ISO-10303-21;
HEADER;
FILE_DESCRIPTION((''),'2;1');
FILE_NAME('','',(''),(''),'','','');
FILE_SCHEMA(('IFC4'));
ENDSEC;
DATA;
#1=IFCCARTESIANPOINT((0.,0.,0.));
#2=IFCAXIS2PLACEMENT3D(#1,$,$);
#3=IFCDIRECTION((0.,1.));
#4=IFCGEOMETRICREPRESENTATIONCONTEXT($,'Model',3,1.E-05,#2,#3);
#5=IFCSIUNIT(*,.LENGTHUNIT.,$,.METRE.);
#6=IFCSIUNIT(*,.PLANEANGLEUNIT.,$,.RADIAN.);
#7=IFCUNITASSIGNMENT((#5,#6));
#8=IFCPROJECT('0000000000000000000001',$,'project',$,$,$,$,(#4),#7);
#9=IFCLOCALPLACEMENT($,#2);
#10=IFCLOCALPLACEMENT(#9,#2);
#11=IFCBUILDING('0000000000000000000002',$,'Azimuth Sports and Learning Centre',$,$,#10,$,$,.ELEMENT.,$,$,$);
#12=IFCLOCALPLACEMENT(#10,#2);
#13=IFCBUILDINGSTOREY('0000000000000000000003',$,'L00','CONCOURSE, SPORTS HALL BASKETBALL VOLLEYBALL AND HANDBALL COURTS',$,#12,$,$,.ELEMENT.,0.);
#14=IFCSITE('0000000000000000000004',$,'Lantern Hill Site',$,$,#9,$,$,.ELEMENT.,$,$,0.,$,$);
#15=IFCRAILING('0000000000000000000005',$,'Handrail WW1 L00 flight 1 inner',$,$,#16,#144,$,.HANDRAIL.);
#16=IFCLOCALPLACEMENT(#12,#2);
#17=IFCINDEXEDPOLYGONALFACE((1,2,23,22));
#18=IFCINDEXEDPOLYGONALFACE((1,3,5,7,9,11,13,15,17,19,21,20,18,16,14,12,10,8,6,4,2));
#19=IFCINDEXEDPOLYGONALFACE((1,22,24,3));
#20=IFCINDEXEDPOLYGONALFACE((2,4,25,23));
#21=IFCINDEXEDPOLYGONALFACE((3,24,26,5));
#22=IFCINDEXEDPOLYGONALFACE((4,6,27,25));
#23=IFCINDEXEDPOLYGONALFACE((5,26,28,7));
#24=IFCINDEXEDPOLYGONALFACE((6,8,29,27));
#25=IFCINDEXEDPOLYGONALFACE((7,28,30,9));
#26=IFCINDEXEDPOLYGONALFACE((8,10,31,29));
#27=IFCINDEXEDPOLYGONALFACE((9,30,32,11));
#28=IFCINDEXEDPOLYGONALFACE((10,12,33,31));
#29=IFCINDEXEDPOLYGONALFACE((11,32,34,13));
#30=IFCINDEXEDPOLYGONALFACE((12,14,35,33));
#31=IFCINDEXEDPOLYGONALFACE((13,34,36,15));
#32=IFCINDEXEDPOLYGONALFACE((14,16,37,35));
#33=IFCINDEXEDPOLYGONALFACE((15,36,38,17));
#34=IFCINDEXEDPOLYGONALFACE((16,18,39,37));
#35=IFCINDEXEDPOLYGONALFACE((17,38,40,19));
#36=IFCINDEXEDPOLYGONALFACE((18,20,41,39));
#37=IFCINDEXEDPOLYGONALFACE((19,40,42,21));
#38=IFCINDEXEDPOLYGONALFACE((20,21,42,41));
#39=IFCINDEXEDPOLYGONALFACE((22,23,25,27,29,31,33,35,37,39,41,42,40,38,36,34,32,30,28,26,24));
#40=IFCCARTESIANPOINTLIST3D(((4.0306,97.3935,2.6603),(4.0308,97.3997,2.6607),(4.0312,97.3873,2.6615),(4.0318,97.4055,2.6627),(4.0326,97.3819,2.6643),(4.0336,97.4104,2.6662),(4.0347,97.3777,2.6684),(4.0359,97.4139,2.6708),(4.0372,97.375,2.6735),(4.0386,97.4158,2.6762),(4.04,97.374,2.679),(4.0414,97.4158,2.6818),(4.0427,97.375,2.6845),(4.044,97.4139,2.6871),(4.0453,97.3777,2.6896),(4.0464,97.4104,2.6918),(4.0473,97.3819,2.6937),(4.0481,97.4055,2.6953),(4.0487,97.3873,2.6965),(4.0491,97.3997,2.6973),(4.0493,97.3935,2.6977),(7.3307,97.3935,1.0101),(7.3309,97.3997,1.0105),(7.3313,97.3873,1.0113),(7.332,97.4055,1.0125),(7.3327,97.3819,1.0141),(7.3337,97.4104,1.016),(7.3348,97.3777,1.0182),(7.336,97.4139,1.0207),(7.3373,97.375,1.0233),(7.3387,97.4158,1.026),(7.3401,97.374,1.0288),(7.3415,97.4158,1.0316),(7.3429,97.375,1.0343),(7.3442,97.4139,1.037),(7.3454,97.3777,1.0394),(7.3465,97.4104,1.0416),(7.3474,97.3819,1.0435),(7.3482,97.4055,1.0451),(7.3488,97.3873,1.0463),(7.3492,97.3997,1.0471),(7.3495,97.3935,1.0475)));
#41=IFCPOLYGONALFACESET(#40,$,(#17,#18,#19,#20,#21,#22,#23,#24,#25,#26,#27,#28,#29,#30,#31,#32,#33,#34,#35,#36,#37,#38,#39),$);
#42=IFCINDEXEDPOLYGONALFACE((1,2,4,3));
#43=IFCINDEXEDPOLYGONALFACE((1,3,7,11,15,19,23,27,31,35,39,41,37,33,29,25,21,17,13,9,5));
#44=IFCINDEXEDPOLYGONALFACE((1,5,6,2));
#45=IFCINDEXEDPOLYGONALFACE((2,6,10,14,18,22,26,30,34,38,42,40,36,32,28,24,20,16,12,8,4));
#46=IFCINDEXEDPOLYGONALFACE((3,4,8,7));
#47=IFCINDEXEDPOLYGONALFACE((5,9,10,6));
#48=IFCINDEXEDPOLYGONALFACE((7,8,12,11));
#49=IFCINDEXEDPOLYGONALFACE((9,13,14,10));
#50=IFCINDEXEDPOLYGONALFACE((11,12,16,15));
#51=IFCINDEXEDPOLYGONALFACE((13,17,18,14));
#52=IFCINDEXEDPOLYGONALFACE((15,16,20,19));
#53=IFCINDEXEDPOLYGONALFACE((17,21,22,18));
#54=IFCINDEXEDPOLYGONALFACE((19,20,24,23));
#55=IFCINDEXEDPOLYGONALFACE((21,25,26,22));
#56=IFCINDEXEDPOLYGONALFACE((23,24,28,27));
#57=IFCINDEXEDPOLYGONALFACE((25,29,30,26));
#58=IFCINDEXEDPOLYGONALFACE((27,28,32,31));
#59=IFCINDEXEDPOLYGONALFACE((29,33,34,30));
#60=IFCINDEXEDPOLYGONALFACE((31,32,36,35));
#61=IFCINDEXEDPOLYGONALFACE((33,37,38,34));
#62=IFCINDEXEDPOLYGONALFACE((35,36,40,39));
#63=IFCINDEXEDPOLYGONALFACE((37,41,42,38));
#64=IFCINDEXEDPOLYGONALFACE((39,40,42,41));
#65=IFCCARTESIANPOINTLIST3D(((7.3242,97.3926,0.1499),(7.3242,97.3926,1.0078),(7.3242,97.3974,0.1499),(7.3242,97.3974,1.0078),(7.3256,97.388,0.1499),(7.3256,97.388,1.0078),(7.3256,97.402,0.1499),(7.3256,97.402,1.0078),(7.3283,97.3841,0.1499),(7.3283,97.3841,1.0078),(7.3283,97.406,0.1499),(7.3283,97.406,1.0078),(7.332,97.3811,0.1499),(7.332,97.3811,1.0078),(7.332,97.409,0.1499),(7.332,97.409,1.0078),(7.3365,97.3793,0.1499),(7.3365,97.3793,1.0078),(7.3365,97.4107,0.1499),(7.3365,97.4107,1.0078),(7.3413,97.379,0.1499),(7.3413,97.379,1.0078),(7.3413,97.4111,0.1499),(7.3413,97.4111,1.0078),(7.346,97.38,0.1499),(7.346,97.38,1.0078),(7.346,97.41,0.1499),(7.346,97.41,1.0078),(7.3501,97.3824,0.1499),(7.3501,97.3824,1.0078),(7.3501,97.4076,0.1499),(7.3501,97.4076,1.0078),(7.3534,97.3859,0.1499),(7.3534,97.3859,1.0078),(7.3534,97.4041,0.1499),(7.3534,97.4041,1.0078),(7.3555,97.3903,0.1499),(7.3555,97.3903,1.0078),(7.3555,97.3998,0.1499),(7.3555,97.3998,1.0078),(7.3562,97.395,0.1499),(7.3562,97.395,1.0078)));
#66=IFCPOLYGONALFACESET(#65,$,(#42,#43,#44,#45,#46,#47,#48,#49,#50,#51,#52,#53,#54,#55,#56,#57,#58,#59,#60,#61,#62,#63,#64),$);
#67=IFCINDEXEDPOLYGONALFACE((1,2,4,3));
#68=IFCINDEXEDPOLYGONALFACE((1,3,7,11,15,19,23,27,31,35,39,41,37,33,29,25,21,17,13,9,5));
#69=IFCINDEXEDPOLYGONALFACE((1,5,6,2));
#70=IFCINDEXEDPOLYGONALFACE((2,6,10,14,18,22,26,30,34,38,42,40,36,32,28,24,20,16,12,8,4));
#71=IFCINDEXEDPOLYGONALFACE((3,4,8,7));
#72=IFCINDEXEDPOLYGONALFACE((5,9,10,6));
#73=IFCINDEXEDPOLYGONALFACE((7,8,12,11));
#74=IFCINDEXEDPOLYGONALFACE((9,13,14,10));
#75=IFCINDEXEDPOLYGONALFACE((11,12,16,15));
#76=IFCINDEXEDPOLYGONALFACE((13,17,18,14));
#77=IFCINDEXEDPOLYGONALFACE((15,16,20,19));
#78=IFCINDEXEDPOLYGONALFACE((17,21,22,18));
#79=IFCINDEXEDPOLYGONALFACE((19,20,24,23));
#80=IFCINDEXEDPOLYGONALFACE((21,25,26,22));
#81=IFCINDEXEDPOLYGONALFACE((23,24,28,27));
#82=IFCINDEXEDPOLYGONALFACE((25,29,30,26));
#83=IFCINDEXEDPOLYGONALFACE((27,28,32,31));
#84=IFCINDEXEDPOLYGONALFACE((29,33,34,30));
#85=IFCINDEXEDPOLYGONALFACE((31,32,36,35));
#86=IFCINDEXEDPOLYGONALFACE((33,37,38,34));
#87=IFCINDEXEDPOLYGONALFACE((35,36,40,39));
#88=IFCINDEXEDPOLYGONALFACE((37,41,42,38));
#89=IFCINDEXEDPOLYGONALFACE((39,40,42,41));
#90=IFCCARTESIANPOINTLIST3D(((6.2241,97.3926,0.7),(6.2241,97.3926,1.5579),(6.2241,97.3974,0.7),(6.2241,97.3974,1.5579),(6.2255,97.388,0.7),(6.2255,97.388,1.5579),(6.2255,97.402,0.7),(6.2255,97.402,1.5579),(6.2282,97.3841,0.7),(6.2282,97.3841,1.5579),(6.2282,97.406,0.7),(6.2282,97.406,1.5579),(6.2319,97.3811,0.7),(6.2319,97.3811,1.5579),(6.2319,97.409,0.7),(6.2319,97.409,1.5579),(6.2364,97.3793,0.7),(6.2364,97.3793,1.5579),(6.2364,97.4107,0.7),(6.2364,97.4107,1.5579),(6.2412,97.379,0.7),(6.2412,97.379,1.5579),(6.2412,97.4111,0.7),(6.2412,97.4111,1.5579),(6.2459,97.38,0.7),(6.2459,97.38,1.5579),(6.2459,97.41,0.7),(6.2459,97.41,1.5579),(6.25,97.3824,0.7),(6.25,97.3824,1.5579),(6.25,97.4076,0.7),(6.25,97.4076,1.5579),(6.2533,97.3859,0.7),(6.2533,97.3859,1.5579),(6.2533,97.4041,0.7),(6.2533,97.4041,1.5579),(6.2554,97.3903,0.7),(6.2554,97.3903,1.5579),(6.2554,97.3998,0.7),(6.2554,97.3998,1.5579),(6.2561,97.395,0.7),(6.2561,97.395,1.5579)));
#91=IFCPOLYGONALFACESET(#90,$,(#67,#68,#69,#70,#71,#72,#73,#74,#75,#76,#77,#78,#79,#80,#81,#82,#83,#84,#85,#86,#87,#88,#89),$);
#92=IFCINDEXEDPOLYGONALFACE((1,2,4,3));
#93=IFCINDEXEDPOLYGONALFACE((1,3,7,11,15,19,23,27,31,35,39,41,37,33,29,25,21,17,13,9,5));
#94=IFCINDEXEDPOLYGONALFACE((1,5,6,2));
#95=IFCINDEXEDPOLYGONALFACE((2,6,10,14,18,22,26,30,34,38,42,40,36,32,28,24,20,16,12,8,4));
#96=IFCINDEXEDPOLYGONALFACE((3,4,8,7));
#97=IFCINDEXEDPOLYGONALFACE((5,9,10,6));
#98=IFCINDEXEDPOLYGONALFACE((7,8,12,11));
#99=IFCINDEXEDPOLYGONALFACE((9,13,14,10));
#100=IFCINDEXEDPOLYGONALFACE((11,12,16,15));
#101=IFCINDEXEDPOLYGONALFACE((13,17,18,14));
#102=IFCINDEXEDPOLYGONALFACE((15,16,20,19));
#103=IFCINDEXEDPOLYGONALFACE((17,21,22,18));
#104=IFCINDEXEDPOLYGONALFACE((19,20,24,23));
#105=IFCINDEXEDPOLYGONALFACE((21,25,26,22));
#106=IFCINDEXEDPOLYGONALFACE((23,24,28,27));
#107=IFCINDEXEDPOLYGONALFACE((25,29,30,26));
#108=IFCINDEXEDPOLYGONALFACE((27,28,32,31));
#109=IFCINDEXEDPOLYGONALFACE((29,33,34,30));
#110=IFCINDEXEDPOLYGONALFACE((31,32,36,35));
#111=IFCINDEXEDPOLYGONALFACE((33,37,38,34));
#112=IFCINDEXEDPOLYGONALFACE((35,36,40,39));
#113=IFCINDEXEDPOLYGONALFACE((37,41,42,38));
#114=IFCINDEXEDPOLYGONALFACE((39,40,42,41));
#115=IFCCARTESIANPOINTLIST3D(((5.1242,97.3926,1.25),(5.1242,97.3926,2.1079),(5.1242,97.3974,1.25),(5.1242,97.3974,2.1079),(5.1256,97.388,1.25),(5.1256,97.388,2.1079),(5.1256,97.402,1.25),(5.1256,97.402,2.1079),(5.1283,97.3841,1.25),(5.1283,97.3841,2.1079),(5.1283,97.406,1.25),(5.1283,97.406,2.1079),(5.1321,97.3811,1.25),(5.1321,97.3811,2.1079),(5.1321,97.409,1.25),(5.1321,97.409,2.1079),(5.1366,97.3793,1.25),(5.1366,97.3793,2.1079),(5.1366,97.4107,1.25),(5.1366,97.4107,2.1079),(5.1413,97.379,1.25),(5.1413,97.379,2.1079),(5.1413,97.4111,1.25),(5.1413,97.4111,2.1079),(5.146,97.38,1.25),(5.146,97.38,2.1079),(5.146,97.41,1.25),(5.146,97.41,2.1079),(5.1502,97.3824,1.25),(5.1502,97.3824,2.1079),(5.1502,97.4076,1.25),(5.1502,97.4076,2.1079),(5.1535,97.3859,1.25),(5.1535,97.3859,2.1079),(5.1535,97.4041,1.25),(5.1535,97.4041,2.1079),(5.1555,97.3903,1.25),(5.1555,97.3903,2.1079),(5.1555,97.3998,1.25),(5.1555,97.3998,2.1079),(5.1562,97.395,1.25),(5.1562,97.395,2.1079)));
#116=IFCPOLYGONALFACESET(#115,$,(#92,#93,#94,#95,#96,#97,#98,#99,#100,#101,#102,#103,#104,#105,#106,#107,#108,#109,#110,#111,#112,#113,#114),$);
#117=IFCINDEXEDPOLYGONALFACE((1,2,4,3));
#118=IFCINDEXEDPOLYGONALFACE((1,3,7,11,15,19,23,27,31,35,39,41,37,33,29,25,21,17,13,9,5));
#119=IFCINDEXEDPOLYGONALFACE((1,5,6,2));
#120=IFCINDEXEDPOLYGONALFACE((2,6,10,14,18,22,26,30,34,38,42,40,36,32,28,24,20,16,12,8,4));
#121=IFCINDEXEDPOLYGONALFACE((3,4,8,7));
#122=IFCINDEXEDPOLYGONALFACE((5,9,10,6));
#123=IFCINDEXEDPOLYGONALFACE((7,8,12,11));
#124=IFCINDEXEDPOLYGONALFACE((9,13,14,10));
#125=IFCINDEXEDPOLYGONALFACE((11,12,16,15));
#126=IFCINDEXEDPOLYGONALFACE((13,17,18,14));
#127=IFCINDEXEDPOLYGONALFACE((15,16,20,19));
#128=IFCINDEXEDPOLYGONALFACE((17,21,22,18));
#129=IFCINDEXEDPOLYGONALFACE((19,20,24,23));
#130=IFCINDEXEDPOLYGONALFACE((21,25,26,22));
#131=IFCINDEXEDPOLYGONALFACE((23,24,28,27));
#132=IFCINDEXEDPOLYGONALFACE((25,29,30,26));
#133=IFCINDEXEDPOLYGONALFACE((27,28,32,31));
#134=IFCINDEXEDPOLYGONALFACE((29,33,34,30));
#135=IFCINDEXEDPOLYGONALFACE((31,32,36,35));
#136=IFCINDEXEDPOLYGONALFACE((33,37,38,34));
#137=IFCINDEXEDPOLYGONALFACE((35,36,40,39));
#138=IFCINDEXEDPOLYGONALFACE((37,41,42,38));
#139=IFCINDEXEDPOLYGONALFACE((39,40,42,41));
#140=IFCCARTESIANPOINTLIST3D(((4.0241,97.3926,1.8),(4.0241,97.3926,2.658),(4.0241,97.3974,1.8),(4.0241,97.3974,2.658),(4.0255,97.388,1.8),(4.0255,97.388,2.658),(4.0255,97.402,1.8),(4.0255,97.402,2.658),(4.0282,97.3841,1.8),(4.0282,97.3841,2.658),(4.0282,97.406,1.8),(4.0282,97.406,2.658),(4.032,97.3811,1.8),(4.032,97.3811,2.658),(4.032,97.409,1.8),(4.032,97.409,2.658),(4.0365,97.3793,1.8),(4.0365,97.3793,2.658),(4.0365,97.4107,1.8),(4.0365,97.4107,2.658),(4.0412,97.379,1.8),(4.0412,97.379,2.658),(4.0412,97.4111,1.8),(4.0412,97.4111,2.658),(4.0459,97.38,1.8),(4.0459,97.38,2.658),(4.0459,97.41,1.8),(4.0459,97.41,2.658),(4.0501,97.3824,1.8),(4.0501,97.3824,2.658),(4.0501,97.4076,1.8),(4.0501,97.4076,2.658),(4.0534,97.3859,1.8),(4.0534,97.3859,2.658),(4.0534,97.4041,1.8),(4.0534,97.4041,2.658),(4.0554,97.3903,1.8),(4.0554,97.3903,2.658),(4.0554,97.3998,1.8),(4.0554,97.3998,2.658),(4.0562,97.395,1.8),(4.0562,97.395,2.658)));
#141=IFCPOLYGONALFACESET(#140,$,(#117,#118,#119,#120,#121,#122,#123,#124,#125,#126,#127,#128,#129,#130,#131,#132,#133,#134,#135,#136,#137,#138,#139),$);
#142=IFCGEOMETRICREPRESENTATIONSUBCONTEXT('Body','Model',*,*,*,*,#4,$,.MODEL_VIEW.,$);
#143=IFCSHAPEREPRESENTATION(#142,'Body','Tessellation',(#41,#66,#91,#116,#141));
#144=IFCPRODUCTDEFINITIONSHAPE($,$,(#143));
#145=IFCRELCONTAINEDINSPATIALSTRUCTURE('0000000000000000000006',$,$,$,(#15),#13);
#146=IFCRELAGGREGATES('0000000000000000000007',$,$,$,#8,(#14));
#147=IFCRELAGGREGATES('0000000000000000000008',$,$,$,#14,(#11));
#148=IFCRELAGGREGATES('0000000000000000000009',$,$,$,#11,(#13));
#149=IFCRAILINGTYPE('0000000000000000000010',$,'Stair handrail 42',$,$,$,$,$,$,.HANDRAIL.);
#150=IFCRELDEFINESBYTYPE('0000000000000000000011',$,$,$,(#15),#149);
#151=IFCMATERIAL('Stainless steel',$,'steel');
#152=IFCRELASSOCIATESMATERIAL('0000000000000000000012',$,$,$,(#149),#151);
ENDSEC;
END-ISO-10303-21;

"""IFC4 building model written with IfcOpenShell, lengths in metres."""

from ifc_helpers import new_model, si_unit, direction, frame, origin, origin_2d, place, context, subcontext, project, spatial, circle, extrude, material, type_object, element, save


model = new_model("IFC4")

# Units and contexts
model_context = context("Model", 3, precision=1e-05, world=origin(), true_north=direction((0.0, 1.0)))
body_context = subcontext(model_context, "Body", "Model", "MODEL_VIEW")
ifc_project = project(units=[si_unit("LENGTHUNIT", "METRE"), si_unit("PLANEANGLEUNIT", "RADIAN")], contexts=[model_context])

# Site, building, storey
site_placement = place(None, origin())
site = spatial("IfcSite", under=ifc_project, at=site_placement, Name="Lantern Hill Site", CompositionType="ELEMENT", RefElevation=0.0)
building_placement = place(site_placement, origin())
building = spatial("IfcBuilding", under=site, at=building_placement, Name="Azimuth Sports and Learning Centre", CompositionType="ELEMENT")
storey_placement = place(building_placement, origin())
storey = spatial("IfcBuildingStorey", under=building, at=storey_placement, Name="L00", Description="CONCOURSE, SPORTS HALL BASKETBALL VOLLEYBALL AND HANDBALL COURTS", CompositionType="ELEMENT", Elevation=0.0)

# Railing
ifc_material_1 = material(Name="Stainless steel", Category="steel")
railing_type_1 = type_object("IfcRailingType", Name="Stair handrail 42", PredefinedType="HANDRAIL", material=ifc_material_1)
for number, where, name in (
    (1, (7.3401, 97.395, 0.1499), "Handrail WW1 L00 flight 1 inner"),
):
    element("IfcRailing", number, at=place(storey_placement, frame(where)), inside=storey, type_object=railing_type_1, Name=name, PredefinedType="HANDRAIL", context=body_context, shape_type="SweptSolid", body=[
        extrude(circle(Radius=0.021, at=origin_2d()), frame((0.0, 0.0, 0.8789), z_axis=(-0.894414, 0.0, 0.44724), x_axis=(0.0, -1.0, 0.0)), (0.0, 0.0, 1.0), 3.6897),
        extrude(circle(Radius=0.0161, at=origin_2d()), origin(), (0.0, 0.0, 1.0), 0.8579),
        extrude(circle(Radius=0.0161, at=origin_2d()), frame((-1.1001, 0.0, 0.55)), (0.0, 0.0, 1.0), 0.8579),
        extrude(circle(Radius=0.0161, at=origin_2d()), frame((-2.2, 0.0, 1.1001)), (0.0, 0.0, 1.0), 0.8579),
        extrude(circle(Radius=0.0161, at=origin_2d()), frame((-3.3, 0.0, 1.6501)), (0.0, 0.0, 1.0), 0.8579),
    ])

save(model, "model.ifc")
